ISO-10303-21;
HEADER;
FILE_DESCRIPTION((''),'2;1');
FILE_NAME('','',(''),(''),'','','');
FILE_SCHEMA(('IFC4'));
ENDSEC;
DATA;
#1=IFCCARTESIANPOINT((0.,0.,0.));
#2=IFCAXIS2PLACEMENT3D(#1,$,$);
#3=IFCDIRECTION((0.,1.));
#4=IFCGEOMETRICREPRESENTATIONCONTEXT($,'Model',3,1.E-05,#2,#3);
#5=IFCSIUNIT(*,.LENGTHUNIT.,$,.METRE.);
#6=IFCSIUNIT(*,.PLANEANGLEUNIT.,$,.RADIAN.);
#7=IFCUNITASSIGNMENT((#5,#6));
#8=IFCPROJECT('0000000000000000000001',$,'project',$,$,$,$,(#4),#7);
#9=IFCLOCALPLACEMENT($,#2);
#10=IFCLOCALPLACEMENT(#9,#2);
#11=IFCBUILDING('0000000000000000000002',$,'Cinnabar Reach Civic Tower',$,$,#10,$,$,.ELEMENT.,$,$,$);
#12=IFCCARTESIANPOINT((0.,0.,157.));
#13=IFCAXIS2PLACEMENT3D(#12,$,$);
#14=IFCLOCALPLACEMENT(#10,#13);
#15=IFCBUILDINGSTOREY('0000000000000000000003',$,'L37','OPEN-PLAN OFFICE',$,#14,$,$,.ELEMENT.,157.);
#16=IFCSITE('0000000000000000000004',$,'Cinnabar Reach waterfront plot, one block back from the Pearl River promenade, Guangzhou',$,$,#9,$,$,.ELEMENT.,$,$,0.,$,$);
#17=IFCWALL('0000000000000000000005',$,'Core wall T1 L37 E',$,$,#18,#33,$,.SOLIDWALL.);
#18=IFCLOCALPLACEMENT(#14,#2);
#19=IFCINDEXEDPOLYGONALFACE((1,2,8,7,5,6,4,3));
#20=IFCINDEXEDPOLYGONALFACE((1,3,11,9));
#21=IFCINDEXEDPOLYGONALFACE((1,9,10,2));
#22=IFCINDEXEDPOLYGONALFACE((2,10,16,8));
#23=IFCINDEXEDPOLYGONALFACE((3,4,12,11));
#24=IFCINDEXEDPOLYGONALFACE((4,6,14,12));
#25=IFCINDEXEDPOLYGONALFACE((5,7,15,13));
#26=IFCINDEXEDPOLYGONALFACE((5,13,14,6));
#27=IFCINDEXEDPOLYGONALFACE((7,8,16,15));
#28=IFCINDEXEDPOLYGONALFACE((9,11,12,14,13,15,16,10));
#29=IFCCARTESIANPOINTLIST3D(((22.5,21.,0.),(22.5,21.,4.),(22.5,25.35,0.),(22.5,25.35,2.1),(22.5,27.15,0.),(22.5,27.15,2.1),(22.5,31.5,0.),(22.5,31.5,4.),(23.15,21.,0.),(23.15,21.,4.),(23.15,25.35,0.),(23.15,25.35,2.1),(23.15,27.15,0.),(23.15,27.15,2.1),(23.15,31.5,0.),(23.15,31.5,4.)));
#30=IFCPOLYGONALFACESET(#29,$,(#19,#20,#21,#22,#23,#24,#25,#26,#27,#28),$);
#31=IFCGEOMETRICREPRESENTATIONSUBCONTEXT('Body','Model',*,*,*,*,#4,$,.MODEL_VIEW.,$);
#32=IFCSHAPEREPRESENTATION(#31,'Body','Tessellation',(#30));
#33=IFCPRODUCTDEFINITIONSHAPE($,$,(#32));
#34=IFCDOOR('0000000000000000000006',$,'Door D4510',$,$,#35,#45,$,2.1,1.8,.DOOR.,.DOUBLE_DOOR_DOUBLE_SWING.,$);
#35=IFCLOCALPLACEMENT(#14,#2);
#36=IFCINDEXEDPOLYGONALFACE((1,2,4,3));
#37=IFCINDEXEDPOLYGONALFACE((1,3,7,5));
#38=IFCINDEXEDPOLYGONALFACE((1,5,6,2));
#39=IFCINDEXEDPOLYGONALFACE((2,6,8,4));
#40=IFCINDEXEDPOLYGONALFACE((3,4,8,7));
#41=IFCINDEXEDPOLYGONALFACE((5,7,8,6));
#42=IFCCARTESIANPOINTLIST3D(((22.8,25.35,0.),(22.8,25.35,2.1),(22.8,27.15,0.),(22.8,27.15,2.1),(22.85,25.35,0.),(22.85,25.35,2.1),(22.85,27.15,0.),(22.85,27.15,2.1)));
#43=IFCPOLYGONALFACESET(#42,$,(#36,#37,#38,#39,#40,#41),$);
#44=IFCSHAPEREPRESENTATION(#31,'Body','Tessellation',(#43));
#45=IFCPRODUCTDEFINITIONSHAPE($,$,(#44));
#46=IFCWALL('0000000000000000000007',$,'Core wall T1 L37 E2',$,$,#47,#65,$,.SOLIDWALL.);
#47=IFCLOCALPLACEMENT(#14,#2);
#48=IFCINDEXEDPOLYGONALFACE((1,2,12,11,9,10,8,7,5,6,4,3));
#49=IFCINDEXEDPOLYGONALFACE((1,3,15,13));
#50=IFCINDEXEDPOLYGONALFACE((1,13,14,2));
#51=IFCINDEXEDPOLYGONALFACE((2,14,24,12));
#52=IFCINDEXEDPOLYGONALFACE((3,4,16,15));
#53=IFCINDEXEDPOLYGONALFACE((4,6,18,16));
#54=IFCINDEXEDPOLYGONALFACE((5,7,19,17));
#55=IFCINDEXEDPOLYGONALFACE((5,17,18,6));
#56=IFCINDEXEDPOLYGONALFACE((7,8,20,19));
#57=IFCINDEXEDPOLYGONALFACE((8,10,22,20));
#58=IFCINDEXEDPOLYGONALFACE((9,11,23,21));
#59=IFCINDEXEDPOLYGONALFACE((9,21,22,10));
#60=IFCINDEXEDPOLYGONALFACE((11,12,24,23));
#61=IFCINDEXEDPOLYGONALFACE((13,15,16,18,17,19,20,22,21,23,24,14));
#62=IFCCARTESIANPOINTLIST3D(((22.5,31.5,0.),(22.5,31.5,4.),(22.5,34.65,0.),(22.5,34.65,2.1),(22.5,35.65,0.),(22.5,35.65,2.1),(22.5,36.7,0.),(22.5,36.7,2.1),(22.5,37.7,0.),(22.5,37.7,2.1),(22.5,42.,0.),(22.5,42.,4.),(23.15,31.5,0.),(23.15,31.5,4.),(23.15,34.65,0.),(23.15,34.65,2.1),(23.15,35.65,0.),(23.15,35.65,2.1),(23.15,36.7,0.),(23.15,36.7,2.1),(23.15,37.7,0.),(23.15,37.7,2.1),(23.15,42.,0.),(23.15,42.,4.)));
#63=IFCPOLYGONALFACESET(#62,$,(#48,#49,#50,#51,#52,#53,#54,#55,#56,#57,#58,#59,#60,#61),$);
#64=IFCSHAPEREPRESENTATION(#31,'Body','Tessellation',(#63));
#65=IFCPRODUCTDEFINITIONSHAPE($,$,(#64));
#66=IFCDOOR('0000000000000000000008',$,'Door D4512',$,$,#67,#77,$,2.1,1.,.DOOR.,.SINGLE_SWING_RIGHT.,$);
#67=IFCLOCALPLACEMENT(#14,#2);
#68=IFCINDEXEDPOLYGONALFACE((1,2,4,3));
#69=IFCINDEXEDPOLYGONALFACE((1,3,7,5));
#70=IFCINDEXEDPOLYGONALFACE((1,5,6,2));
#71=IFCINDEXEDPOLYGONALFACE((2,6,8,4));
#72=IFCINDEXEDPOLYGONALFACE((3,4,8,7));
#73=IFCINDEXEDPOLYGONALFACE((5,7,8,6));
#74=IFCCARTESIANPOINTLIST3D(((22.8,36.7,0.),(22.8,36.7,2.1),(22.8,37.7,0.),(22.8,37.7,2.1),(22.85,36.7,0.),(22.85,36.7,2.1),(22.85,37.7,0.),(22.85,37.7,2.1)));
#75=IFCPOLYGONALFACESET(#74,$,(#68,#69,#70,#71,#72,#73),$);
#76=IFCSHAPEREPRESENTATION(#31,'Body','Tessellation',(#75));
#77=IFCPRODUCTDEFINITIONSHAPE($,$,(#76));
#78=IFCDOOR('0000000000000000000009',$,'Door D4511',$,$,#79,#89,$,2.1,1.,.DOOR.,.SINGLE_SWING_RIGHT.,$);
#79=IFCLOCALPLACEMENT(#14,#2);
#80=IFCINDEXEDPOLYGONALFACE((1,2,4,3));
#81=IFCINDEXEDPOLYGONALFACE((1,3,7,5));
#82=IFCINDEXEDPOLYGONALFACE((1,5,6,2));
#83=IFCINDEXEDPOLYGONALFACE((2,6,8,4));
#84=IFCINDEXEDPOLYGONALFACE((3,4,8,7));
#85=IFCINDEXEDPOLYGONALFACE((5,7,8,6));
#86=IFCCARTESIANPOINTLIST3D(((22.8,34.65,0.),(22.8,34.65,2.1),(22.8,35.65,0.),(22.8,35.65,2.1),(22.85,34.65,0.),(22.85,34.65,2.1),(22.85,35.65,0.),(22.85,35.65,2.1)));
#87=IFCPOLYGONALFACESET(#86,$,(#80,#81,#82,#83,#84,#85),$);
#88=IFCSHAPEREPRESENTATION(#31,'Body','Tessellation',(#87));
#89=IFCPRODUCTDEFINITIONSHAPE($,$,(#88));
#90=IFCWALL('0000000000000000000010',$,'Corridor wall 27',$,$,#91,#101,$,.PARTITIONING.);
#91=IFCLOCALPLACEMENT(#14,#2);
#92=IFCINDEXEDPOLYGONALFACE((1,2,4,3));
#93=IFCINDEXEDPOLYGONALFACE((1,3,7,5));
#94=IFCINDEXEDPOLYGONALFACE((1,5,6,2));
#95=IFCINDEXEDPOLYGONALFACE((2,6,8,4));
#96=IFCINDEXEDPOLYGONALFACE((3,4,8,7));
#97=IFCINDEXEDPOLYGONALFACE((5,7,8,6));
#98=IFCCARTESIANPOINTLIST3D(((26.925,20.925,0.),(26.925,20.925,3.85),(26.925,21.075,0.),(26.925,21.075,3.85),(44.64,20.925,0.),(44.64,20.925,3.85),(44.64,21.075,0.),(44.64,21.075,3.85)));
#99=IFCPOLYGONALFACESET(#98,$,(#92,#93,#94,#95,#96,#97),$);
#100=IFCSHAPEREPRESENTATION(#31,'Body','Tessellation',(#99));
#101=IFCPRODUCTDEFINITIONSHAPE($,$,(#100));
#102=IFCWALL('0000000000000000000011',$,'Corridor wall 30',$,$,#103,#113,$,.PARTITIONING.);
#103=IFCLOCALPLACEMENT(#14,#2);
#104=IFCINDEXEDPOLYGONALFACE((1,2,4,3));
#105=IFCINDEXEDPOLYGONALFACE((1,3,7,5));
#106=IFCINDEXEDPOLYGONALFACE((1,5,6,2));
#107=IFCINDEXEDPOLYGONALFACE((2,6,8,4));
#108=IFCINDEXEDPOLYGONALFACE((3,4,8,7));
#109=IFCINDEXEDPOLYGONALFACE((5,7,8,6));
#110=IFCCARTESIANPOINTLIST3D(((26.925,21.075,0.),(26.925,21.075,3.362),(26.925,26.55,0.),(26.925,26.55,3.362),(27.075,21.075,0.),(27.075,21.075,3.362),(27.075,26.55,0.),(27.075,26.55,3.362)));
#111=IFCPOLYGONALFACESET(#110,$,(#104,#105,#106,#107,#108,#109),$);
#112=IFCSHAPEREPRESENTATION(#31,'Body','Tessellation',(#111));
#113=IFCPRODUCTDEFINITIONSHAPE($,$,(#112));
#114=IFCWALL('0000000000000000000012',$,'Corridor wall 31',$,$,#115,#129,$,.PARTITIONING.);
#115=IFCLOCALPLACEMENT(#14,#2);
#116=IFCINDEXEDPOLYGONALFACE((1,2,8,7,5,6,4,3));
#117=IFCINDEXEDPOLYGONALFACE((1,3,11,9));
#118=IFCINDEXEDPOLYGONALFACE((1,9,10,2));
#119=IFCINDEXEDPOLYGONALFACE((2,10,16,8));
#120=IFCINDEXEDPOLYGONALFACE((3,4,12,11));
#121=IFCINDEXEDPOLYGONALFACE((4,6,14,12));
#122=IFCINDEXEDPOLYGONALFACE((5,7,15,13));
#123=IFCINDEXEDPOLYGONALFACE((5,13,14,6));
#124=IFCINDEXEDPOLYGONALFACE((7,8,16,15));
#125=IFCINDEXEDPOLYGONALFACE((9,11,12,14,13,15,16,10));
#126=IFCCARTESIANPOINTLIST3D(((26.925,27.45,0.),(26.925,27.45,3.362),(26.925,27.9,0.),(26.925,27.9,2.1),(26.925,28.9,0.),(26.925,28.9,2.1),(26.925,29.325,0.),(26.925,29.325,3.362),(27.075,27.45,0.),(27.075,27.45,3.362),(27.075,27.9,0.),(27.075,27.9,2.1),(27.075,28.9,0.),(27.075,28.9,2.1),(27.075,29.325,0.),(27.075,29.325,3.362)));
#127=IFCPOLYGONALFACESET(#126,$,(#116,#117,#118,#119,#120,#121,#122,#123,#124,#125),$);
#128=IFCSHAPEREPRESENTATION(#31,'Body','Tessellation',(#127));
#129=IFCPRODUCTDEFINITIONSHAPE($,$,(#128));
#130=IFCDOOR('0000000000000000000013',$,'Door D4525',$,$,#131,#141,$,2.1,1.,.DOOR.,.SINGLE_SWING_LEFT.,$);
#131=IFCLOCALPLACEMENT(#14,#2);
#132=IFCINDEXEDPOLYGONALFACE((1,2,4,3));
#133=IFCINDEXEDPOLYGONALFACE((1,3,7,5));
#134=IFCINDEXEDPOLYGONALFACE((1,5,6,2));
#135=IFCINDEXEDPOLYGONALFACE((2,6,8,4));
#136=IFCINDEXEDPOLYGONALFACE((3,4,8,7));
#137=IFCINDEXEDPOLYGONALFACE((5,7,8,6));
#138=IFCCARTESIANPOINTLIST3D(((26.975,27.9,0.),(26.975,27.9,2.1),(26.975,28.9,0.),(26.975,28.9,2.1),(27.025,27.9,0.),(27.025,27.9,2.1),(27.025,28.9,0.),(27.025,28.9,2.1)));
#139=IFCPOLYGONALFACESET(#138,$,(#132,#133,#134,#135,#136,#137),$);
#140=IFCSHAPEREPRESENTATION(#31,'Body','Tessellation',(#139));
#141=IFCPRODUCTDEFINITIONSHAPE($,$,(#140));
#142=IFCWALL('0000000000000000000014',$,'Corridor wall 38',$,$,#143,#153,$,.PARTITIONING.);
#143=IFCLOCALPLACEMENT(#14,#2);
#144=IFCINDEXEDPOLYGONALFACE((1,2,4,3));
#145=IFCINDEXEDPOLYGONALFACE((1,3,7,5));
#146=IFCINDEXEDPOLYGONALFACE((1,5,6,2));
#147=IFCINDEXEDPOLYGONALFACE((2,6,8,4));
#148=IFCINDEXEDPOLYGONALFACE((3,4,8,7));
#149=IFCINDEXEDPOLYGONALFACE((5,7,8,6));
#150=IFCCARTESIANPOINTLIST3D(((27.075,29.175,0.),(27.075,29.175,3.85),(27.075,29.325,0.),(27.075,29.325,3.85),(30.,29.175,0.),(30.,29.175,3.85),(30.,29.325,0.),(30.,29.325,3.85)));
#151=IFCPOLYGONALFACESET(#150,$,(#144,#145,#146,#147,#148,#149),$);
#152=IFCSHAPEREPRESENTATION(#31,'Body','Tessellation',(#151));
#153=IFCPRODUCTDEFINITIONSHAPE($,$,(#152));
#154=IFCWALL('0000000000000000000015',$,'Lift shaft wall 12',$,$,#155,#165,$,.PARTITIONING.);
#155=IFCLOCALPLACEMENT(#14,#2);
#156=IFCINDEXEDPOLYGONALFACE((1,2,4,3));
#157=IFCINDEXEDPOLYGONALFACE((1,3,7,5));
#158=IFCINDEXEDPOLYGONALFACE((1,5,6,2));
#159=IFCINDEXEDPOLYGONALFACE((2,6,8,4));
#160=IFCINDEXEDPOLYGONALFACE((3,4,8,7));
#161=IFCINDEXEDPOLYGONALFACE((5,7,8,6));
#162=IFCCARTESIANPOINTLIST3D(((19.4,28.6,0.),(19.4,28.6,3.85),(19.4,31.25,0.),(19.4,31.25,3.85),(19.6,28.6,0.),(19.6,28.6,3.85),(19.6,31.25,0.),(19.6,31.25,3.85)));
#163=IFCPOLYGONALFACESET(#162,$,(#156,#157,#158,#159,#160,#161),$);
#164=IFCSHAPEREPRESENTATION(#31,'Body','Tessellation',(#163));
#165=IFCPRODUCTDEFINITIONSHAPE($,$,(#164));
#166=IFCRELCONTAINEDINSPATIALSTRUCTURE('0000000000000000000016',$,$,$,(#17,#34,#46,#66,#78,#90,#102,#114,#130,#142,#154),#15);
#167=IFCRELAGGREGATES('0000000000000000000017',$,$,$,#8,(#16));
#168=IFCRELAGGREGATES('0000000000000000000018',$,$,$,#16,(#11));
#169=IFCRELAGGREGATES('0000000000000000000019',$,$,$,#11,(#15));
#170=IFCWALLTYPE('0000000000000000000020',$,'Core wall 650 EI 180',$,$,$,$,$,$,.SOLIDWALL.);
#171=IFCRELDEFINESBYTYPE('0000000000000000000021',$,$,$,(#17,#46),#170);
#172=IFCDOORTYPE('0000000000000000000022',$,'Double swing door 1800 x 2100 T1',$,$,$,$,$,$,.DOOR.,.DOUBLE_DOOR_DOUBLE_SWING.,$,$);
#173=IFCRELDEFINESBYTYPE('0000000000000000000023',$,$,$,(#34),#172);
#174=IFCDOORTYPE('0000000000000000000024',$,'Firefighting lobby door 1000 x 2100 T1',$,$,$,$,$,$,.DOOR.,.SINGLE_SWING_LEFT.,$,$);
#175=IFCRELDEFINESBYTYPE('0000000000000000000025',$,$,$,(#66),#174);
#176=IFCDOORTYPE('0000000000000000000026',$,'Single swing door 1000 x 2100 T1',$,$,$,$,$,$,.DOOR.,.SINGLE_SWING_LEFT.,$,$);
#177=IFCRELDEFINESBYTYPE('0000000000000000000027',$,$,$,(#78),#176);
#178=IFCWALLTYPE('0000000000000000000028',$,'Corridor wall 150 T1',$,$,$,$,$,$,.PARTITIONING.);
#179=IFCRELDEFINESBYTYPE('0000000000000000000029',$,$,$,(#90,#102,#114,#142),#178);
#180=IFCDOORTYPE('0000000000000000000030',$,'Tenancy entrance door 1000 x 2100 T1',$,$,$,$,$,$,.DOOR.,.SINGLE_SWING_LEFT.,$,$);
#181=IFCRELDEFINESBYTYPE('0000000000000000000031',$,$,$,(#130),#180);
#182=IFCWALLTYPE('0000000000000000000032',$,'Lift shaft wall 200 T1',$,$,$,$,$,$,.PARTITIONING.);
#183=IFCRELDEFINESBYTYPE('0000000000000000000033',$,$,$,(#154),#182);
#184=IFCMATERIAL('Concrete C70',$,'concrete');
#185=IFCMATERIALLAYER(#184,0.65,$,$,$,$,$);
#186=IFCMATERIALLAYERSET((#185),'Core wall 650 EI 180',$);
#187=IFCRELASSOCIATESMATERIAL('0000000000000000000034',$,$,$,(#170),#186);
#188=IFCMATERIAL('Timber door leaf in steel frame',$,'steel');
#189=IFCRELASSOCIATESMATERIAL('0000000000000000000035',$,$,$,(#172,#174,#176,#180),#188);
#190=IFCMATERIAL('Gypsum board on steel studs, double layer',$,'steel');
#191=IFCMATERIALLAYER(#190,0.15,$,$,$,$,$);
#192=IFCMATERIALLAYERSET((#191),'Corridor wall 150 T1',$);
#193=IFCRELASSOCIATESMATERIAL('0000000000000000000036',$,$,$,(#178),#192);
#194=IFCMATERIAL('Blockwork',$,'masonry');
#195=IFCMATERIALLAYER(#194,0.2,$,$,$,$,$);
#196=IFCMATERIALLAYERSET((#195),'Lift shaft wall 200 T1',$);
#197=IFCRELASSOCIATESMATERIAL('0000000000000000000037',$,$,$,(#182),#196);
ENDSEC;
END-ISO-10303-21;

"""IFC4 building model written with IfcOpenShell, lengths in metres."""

from ifc_helpers import new_model, si_unit, direction, frame, frame_2d, origin, place, context, subcontext, project, spatial, rectangle, extrude, material, layer, layer_set, type_object, element, fill, save


model = new_model("IFC4")

# Units and contexts
model_context = context("Model", 3, precision=1e-05, world=origin(), true_north=direction((0.0, 1.0)))
body_context = subcontext(model_context, "Body", "Model", "MODEL_VIEW")
ifc_project = project(units=[si_unit("LENGTHUNIT", "METRE"), si_unit("PLANEANGLEUNIT", "RADIAN")], contexts=[model_context])

# Site, building, storey
site_placement = place(None, origin())
site = spatial("IfcSite", under=ifc_project, at=site_placement, Name="Cinnabar Reach waterfront plot, one block back from the Pearl River promenade, Guangzhou", CompositionType="ELEMENT", RefElevation=0.0)
building_placement = place(site_placement, origin())
building = spatial("IfcBuilding", under=site, at=building_placement, Name="Cinnabar Reach Civic Tower", CompositionType="ELEMENT")
storey_placement = place(building_placement, frame((0.0, 0.0, 157.0)))
storey = spatial("IfcBuildingStorey", under=building, at=storey_placement, Name="L37", Description="OPEN-PLAN OFFICE", CompositionType="ELEMENT", Elevation=157.0)

# Shared definitions
ifc_material_1 = material(Name="Concrete C70", Category="concrete")

# Wall, opening, door
ifc_layer_1 = layer(ifc_material_1, 0.65)
ifc_layer_set_1 = layer_set([ifc_layer_1], Name="Core wall 650 EI 180")
wall_type_1 = type_object("IfcWallType", Name="Core wall 650 EI 180", PredefinedType="SOLIDWALL", material=ifc_layer_set_1)
wall_1_placement = place(storey_placement, frame((22.825, 21.0, 0.0), z_axis=(0.0, 0.0, 1.0), x_axis=(0.0, 1.0, 0.0)))
wall_1 = element("IfcWall", 1, at=wall_1_placement, inside=storey, type_object=wall_type_1, Name="Core wall T1 L37 E", PredefinedType="SOLIDWALL", context=body_context, shape_type="SweptSolid", body=[
    extrude(rectangle(XDim=10.5, YDim=0.65, at=frame_2d((5.25, 0.0))), origin(), (0.0, 0.0, 1.0), 4.0),
])
opening_1_placement = place(wall_1_placement, frame((4.35, 0.0, 0.0)))
opening_1 = element("IfcOpeningElement", 2, at=opening_1_placement, cuts=wall_1, PredefinedType="OPENING", context=body_context, shape_type="SweptSolid", body=[
    extrude(rectangle(XDim=1.8, YDim=2.1, at=frame_2d((0.9, 1.05))), frame((0.0, 0.335, 0.0), z_axis=(0.0, -1.0, 0.0), x_axis=(1.0, 0.0, 0.0)), (0.0, 0.0, 1.0), 0.67),
])
ifc_material_2 = material(Name="Timber door leaf in steel frame", Category="steel")
door_type_1 = type_object("IfcDoorType", Name="Double swing door 1800 x 2100 T1", OperationType="DOUBLE_DOOR_DOUBLE_SWING", PredefinedType="DOOR", material=ifc_material_2)
door_1_placement = place(opening_1_placement, origin())
door_1 = element("IfcDoor", 3, at=door_1_placement, inside=storey, type_object=door_type_1, Name="Door D4510", OperationType="DOUBLE_DOOR_DOUBLE_SWING", OverallHeight=2.1, OverallWidth=1.8, PredefinedType="DOOR", context=body_context, shape_type="SweptSolid", body=[
    extrude(rectangle(XDim=1.8, YDim=2.1, at=frame_2d((0.9, 1.05))), frame((0.0, 0.025, 0.0), z_axis=(0.0, -1.0, 0.0), x_axis=(1.0, 0.0, 0.0)), (0.0, 0.0, 1.0), 0.05),
])
fill(opening_1, door_1)

# Wall, openings, doors
wall_2_placement = place(storey_placement, frame((22.825, 31.5, 0.0), z_axis=(0.0, 0.0, 1.0), x_axis=(0.0, 1.0, 0.0)))
wall_2 = element("IfcWall", 4, at=wall_2_placement, inside=storey, type_object=wall_type_1, Name="Core wall T1 L37 E2", PredefinedType="SOLIDWALL", context=body_context, shape_type="SweptSolid", body=[
    extrude(rectangle(XDim=10.5, YDim=0.65, at=frame_2d((5.25, 0.0))), origin(), (0.0, 0.0, 1.0), 4.0),
])
opening_2_placement = place(wall_2_placement, frame((3.15, 0.0, 0.0)))
opening_2 = element("IfcOpeningElement", 5, at=opening_2_placement, cuts=wall_2, PredefinedType="OPENING", context=body_context, shape_type="SweptSolid", body=[
    extrude(rectangle(XDim=1.0, YDim=2.1, at=frame_2d((0.5, 1.05))), frame((0.0, 0.335, 0.0), z_axis=(0.0, -1.0, 0.0), x_axis=(1.0, 0.0, 0.0)), (0.0, 0.0, 1.0), 0.67),
])
opening_3_placement = place(wall_2_placement, frame((5.2, 0.0, 0.0)))
opening_3 = element("IfcOpeningElement", 6, at=opening_3_placement, cuts=wall_2, PredefinedType="OPENING", context=body_context, shape_type="SweptSolid", body=[
    extrude(rectangle(XDim=1.0, YDim=2.1, at=frame_2d((0.5, 1.05))), frame((0.0, 0.335, 0.0), z_axis=(0.0, -1.0, 0.0), x_axis=(1.0, 0.0, 0.0)), (0.0, 0.0, 1.0), 0.67),
])
door_type_2 = type_object("IfcDoorType", Name="Firefighting lobby door 1000 x 2100 T1", OperationType="SINGLE_SWING_LEFT", PredefinedType="DOOR", material=ifc_material_2)
door_2_placement = place(opening_3_placement, origin())
door_2 = element("IfcDoor", 7, at=door_2_placement, inside=storey, type_object=door_type_2, Name="Door D4512", OperationType="SINGLE_SWING_RIGHT", OverallHeight=2.1, OverallWidth=1.0, PredefinedType="DOOR", context=body_context, shape_type="SweptSolid", body=[
    extrude(rectangle(XDim=1.0, YDim=2.1, at=frame_2d((0.5, 1.05))), frame((0.0, 0.025, 0.0), z_axis=(0.0, -1.0, 0.0), x_axis=(1.0, 0.0, 0.0)), (0.0, 0.0, 1.0), 0.05),
])
fill(opening_3, door_2)
door_type_3 = type_object("IfcDoorType", Name="Single swing door 1000 x 2100 T1", OperationType="SINGLE_SWING_LEFT", PredefinedType="DOOR", material=ifc_material_2)
door_3_placement = place(opening_2_placement, origin())
door_3 = element("IfcDoor", 8, at=door_3_placement, inside=storey, type_object=door_type_3, Name="Door D4511", OperationType="SINGLE_SWING_RIGHT", OverallHeight=2.1, OverallWidth=1.0, PredefinedType="DOOR", context=body_context, shape_type="SweptSolid", body=[
    extrude(rectangle(XDim=1.0, YDim=2.1, at=frame_2d((0.5, 1.05))), frame((0.0, 0.025, 0.0), z_axis=(0.0, -1.0, 0.0), x_axis=(1.0, 0.0, 0.0)), (0.0, 0.0, 1.0), 0.05),
])
fill(opening_2, door_3)

# Walls
ifc_material_3 = material(Name="Gypsum board on steel studs, double layer", Category="steel")
ifc_layer_2 = layer(ifc_material_3, 0.15)
ifc_layer_set_2 = layer_set([ifc_layer_2], Name="Corridor wall 150 T1")
wall_type_2 = type_object("IfcWallType", Name="Corridor wall 150 T1", PredefinedType="PARTITIONING", material=ifc_layer_set_2)
wall_3_placement = place(storey_placement, frame((26.925, 21.0, 0.0), z_axis=(0.0, 0.0, 1.0), x_axis=(1.0, 0.0, 0.0)))
element("IfcWall", 9, at=wall_3_placement, inside=storey, type_object=wall_type_2, Name="Corridor wall 27", PredefinedType="PARTITIONING", context=body_context, shape_type="SweptSolid", body=[
    extrude(rectangle(XDim=17.715, YDim=0.15, at=frame_2d((8.8575, 0.0))), origin(), (0.0, 0.0, 1.0), 3.85),
])
wall_4_placement = place(storey_placement, frame((27.0, 21.075, 0.0), z_axis=(0.0, 0.0, 1.0), x_axis=(0.0, 1.0, 0.0)))
element("IfcWall", 10, at=wall_4_placement, inside=storey, type_object=wall_type_2, Name="Corridor wall 30", PredefinedType="PARTITIONING", context=body_context, shape_type="SweptSolid", body=[
    extrude(rectangle(XDim=5.475, YDim=0.15, at=frame_2d((2.7375, 0.0))), origin(), (0.0, 0.0, 1.0), 3.362),
])

# Wall, opening, door
wall_5_placement = place(storey_placement, frame((27.0, 27.45, 0.0), z_axis=(0.0, 0.0, 1.0), x_axis=(0.0, 1.0, 0.0)))
wall_5 = element("IfcWall", 11, at=wall_5_placement, inside=storey, type_object=wall_type_2, Name="Corridor wall 31", PredefinedType="PARTITIONING", context=body_context, shape_type="SweptSolid", body=[
    extrude(rectangle(XDim=1.875, YDim=0.15, at=frame_2d((0.9375, 0.0))), origin(), (0.0, 0.0, 1.0), 3.362),
])
opening_4_placement = place(wall_5_placement, frame((0.45, 0.0, 0.0)))
opening_4 = element("IfcOpeningElement", 12, at=opening_4_placement, cuts=wall_5, PredefinedType="OPENING", context=body_context, shape_type="SweptSolid", body=[
    extrude(rectangle(XDim=1.0, YDim=2.1, at=frame_2d((0.5, 1.05))), frame((0.0, 0.085, 0.0), z_axis=(0.0, -1.0, 0.0), x_axis=(1.0, 0.0, 0.0)), (0.0, 0.0, 1.0), 0.17),
])
door_type_4 = type_object("IfcDoorType", Name="Tenancy entrance door 1000 x 2100 T1", OperationType="SINGLE_SWING_LEFT", PredefinedType="DOOR", material=ifc_material_2)
door_4_placement = place(opening_4_placement, frame((1.0, 0.0, 0.0), z_axis=(0.0, 0.0, 1.0), x_axis=(-1.0, 0.0, 0.0)))
door_4 = element("IfcDoor", 13, at=door_4_placement, inside=storey, type_object=door_type_4, Name="Door D4525", OperationType="SINGLE_SWING_LEFT", OverallHeight=2.1, OverallWidth=1.0, PredefinedType="DOOR", context=body_context, shape_type="SweptSolid", body=[
    extrude(rectangle(XDim=1.0, YDim=2.1, at=frame_2d((0.5, 1.05))), frame((0.0, 0.025, 0.0), z_axis=(0.0, -1.0, 0.0), x_axis=(1.0, 0.0, 0.0)), (0.0, 0.0, 1.0), 0.05),
])
fill(opening_4, door_4)

# Walls
wall_6_placement = place(storey_placement, frame((27.075, 29.25, 0.0), z_axis=(0.0, 0.0, 1.0), x_axis=(1.0, 0.0, 0.0)))
element("IfcWall", 14, at=wall_6_placement, inside=storey, type_object=wall_type_2, Name="Corridor wall 38", PredefinedType="PARTITIONING", context=body_context, shape_type="SweptSolid", body=[
    extrude(rectangle(XDim=2.925, YDim=0.15, at=frame_2d((1.4625, 0.0))), origin(), (0.0, 0.0, 1.0), 3.85),
])
ifc_material_4 = material(Name="Blockwork", Category="masonry")
ifc_layer_3 = layer(ifc_material_4, 0.2)
ifc_layer_set_3 = layer_set([ifc_layer_3], Name="Lift shaft wall 200 T1")
wall_type_3 = type_object("IfcWallType", Name="Lift shaft wall 200 T1", PredefinedType="PARTITIONING", material=ifc_layer_set_3)
wall_7_placement = place(storey_placement, frame((19.5, 28.6, 0.0), z_axis=(0.0, 0.0, 1.0), x_axis=(0.0, 1.0, 0.0)))
element("IfcWall", 15, at=wall_7_placement, inside=storey, type_object=wall_type_3, Name="Lift shaft wall 12", PredefinedType="PARTITIONING", context=body_context, shape_type="SweptSolid", body=[
    extrude(rectangle(XDim=2.65, YDim=0.2, at=frame_2d((1.325, 0.0))), origin(), (0.0, 0.0, 1.0), 3.85),
])

save(model, "model.ifc")
